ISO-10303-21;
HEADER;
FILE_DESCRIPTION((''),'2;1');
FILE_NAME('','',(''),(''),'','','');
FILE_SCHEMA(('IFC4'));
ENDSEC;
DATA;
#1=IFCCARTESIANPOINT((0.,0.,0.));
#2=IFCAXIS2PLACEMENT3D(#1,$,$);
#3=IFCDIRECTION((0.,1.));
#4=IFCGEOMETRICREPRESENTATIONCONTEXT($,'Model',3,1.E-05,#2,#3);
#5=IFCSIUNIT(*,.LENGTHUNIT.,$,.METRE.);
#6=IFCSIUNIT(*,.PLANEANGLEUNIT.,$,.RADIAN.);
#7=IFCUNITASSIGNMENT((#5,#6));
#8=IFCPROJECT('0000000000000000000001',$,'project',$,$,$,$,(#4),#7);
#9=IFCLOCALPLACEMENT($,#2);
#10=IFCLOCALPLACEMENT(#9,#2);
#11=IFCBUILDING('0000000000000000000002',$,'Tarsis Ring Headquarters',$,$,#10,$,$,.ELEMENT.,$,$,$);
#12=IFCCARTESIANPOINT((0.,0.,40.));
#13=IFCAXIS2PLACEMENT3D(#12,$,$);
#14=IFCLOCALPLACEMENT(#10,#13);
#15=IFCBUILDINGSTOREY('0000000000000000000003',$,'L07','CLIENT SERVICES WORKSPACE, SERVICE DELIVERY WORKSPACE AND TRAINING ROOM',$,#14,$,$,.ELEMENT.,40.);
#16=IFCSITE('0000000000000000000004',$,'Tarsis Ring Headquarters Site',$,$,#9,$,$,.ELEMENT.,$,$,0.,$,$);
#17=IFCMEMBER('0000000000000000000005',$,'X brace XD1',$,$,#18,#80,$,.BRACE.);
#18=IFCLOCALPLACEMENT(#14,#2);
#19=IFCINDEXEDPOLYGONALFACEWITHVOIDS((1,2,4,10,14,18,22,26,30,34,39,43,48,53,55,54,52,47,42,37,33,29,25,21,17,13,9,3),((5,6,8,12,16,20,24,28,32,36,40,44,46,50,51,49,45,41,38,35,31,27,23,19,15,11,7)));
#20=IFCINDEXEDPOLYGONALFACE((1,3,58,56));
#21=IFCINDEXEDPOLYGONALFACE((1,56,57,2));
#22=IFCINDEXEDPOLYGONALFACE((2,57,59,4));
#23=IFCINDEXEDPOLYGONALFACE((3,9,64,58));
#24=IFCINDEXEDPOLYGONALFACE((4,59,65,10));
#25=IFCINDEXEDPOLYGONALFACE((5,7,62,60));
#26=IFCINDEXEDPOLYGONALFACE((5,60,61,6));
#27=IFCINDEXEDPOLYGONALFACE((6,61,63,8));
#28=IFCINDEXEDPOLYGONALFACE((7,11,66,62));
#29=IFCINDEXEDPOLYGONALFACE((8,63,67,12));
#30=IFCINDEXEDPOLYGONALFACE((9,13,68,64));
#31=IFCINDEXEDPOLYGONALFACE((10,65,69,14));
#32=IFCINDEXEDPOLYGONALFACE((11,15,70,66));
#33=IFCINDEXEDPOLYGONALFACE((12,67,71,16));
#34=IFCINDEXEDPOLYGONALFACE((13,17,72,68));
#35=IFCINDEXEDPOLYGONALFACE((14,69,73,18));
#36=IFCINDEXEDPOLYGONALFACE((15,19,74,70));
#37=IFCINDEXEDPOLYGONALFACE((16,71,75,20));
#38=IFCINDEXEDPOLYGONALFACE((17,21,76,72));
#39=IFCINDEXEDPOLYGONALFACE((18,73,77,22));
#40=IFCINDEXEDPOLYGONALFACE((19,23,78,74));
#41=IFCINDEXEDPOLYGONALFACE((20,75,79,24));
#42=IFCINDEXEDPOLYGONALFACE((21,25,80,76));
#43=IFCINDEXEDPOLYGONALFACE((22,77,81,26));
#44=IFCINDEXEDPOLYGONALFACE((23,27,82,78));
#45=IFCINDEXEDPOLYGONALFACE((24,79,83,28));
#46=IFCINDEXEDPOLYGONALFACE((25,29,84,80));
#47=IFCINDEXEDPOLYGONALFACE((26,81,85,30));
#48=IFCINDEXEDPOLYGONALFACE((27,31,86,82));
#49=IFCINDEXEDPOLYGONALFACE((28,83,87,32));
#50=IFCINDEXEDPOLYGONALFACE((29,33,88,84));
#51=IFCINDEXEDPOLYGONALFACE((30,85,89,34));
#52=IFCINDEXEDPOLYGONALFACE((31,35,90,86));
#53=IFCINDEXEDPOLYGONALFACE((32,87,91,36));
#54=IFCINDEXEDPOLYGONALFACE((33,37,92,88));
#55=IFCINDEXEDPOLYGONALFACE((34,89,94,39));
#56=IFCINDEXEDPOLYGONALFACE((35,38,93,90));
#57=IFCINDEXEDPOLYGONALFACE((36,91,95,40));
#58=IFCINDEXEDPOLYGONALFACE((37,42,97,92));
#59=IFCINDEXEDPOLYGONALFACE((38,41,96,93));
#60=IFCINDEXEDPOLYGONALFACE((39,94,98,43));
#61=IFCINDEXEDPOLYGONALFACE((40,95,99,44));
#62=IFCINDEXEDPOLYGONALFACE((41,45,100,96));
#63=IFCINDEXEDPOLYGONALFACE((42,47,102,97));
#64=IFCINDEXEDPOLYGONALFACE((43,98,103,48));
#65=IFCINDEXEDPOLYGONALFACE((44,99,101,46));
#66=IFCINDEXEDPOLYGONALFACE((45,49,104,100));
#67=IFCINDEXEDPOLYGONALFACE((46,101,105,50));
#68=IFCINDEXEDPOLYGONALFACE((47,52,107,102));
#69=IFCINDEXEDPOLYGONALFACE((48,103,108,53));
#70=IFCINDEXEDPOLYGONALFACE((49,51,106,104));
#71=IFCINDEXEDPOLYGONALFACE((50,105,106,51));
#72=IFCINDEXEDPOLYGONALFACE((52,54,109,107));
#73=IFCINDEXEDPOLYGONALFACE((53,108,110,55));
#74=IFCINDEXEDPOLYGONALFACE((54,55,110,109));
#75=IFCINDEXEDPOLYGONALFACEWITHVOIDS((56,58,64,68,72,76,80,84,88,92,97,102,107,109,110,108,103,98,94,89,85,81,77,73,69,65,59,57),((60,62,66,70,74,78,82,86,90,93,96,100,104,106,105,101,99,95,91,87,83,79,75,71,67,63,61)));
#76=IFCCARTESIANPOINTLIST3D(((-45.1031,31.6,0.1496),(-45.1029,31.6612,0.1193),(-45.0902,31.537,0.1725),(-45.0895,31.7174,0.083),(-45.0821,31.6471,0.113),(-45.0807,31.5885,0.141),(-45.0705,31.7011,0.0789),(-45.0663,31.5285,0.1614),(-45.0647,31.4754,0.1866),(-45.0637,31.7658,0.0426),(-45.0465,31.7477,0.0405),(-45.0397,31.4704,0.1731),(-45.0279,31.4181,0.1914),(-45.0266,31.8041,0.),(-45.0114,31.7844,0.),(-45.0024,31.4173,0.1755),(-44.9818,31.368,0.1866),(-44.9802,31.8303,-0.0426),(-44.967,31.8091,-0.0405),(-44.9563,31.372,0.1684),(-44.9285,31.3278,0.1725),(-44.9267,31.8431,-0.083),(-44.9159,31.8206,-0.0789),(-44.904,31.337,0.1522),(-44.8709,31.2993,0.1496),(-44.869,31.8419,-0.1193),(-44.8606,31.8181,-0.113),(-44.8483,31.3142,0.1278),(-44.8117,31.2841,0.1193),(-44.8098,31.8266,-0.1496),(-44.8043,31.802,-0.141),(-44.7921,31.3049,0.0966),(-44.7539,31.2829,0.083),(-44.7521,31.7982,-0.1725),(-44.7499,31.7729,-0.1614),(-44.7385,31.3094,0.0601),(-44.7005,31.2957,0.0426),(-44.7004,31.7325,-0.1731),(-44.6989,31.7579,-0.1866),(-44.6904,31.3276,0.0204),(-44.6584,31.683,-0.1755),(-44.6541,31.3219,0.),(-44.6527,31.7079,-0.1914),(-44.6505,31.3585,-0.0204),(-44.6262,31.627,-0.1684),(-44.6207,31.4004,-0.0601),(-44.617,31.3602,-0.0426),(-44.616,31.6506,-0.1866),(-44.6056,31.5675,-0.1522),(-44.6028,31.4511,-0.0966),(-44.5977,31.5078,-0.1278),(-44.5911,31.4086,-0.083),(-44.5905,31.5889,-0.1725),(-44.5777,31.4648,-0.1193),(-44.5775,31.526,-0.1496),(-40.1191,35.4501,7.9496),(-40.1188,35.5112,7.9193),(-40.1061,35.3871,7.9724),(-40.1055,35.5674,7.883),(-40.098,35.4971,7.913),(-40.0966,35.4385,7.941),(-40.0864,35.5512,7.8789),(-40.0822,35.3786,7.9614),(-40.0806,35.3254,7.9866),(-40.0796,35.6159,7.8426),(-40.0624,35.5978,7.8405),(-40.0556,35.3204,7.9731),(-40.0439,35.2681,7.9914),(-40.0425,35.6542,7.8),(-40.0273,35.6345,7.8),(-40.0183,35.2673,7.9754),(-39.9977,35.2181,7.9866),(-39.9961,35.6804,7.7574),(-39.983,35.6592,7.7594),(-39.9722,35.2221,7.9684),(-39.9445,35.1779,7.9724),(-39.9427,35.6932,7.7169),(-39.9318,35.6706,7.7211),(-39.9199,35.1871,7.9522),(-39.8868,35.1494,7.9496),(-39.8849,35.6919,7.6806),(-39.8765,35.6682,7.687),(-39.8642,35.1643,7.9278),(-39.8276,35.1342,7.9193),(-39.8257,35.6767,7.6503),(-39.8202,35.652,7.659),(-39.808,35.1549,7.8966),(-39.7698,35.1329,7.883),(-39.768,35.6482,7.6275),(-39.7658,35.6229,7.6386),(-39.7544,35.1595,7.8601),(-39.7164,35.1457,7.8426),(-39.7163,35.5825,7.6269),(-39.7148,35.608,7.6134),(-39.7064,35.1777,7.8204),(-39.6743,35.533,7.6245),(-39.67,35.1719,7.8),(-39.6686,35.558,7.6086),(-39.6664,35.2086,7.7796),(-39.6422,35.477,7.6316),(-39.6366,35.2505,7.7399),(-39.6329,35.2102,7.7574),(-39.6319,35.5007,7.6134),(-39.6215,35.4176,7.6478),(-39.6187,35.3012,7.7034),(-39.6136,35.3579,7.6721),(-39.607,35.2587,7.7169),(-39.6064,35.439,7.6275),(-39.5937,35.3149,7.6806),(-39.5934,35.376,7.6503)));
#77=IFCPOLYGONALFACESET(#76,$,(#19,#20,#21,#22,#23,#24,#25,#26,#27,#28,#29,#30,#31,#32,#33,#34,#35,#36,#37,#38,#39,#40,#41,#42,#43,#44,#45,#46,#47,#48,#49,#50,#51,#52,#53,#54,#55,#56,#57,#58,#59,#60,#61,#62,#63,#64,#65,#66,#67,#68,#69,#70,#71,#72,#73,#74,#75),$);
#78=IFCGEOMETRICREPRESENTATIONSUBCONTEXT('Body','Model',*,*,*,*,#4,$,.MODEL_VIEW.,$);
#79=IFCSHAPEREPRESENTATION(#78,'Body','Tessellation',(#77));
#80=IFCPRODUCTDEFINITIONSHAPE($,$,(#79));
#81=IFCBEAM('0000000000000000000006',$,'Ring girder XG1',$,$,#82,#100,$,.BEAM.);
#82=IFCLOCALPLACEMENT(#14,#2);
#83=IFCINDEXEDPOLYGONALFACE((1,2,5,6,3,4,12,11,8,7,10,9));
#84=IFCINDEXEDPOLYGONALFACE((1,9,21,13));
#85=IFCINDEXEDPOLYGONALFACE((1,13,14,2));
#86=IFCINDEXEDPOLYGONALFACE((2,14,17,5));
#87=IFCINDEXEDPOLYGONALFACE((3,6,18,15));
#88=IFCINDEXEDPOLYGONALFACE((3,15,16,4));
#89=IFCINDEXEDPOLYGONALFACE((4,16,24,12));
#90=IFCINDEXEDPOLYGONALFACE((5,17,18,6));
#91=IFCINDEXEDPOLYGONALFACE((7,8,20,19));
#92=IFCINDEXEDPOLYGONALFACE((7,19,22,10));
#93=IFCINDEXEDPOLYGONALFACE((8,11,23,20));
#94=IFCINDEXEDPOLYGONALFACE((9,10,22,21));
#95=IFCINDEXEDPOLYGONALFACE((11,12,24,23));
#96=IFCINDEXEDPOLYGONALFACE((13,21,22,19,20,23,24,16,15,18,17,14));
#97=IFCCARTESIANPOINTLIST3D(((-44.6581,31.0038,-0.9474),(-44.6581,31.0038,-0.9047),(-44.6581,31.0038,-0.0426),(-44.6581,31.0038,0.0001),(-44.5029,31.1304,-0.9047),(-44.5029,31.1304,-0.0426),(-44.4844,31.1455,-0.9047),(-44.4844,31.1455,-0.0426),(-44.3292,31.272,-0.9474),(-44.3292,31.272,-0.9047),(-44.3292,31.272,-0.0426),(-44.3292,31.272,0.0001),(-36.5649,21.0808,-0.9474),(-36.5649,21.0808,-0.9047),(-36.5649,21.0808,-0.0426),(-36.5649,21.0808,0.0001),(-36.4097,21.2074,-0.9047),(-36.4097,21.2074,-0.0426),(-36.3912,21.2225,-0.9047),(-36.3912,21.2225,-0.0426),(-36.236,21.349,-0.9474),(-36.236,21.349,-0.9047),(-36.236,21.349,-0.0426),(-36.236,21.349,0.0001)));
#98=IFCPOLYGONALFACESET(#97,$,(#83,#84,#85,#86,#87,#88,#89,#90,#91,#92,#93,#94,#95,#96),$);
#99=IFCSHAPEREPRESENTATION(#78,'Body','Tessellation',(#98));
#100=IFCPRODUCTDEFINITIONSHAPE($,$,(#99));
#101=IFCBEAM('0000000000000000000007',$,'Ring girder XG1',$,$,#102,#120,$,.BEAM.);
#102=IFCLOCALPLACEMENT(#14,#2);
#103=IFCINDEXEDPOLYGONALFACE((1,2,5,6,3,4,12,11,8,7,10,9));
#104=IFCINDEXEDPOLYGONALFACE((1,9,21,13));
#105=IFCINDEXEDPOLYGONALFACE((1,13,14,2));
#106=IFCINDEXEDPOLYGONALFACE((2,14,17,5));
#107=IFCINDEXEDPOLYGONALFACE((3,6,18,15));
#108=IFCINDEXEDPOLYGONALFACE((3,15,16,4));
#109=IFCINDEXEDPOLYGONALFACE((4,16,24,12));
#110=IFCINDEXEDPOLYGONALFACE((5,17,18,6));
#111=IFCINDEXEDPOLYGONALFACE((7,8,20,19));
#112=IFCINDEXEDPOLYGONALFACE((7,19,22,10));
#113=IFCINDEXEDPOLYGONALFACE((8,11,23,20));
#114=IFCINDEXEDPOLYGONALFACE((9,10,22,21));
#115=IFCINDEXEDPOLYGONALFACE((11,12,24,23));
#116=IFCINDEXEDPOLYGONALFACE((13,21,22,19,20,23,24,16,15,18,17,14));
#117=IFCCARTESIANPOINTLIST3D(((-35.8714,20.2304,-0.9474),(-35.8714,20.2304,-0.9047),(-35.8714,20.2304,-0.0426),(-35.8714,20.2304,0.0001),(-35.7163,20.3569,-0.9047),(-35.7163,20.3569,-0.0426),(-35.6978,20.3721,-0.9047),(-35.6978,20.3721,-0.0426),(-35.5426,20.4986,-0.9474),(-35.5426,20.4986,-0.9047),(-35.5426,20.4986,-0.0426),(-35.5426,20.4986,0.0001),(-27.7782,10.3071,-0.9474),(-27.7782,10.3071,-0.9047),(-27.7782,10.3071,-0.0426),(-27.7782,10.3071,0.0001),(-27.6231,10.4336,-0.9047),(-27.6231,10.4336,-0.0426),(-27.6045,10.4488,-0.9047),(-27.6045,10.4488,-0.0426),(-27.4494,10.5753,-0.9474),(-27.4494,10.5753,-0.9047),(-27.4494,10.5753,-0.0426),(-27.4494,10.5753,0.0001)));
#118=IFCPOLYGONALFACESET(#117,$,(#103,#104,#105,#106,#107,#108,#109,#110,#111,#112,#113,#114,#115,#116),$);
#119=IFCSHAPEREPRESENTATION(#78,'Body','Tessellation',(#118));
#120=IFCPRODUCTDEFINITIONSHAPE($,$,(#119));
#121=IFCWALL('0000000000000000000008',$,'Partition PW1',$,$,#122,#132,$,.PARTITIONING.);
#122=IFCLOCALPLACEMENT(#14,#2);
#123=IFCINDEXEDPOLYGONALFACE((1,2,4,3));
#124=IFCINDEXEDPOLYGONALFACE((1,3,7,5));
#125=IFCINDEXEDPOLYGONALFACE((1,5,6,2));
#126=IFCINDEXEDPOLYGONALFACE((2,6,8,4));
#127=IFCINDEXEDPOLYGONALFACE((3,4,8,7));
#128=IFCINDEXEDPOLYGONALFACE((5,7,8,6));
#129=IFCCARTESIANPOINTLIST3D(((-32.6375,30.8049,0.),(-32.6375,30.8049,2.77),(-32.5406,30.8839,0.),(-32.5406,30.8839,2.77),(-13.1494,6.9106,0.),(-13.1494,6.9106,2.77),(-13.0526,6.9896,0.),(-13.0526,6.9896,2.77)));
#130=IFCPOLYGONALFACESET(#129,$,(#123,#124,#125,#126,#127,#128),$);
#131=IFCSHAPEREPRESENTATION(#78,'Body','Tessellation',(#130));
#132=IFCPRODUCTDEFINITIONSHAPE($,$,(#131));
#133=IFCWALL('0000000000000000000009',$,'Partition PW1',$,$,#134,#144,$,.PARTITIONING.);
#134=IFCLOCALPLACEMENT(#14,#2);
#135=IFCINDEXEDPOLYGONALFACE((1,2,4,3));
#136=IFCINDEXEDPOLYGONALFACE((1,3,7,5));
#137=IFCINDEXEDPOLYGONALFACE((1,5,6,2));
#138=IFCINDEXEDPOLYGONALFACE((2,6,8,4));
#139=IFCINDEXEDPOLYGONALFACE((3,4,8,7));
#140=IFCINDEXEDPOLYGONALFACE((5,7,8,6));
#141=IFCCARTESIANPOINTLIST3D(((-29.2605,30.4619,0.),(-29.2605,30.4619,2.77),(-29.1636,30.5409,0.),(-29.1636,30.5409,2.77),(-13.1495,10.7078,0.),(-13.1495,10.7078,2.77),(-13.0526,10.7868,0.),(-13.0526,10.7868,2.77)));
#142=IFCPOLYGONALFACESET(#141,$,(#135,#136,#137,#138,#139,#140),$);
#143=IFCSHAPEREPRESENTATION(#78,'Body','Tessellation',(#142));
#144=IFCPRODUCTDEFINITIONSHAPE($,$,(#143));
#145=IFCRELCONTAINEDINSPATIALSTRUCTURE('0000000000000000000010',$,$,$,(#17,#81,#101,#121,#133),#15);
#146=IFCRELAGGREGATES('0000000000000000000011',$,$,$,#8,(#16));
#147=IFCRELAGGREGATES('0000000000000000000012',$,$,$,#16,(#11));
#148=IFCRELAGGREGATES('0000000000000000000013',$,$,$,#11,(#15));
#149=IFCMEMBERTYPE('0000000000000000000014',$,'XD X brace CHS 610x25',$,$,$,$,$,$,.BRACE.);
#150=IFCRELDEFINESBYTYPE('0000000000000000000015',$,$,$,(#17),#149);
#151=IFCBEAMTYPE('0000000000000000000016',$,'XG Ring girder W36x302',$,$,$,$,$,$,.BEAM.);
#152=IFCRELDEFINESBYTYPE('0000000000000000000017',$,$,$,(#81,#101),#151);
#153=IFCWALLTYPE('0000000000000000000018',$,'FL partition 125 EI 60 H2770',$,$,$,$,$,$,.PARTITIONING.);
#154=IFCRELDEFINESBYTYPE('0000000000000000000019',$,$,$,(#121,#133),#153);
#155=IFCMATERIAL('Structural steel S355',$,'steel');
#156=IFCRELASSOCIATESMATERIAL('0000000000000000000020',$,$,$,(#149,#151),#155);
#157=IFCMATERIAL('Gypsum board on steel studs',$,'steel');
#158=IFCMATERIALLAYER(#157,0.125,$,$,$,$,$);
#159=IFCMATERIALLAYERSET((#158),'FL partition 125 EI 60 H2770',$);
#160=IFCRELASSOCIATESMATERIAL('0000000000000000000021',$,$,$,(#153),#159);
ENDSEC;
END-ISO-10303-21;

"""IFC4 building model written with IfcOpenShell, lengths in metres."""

from ifc_helpers import new_model, si_unit, direction, frame, frame_2d, origin, origin_2d, place, context, subcontext, project, spatial, rectangle, hollow_circle, i_section, extrude, material, layer, layer_set, material_profile, profile_set, type_object, element, save


model = new_model("IFC4")

# Units and contexts
model_context = context("Model", 3, precision=1e-05, world=origin(), true_north=direction((0.0, 1.0)))
body_context = subcontext(model_context, "Body", "Model", "MODEL_VIEW")
ifc_project = project(units=[si_unit("LENGTHUNIT", "METRE"), si_unit("PLANEANGLEUNIT", "RADIAN")], contexts=[model_context])

# Site, building, storey
site_placement = place(None, origin())
site = spatial("IfcSite", under=ifc_project, at=site_placement, Name="Tarsis Ring Headquarters Site", CompositionType="ELEMENT", RefElevation=0.0)
building_placement = place(site_placement, origin())
building = spatial("IfcBuilding", under=site, at=building_placement, Name="Tarsis Ring Headquarters", CompositionType="ELEMENT")
storey_placement = place(building_placement, frame((0.0, 0.0, 40.0)))
storey = spatial("IfcBuildingStorey", under=building, at=storey_placement, Name="L07", Description="CLIENT SERVICES WORKSPACE, SERVICE DELIVERY WORKSPACE AND TRAINING ROOM", CompositionType="ELEMENT", Elevation=40.0)

# Member
ifc_material_1 = material(Name="Structural steel S355", Category="steel")
ifc_material_profile_1 = material_profile(ifc_material_1, hollow_circle(Radius=0.3047, WallThickness=0.0249, at=origin_2d()), Name="CHS 610x25")
ifc_profile_set_1 = profile_set([ifc_material_profile_1], Name="Structural steel S355")
member_type = type_object("IfcMemberType", Name="XD X brace CHS 610x25", PredefinedType="BRACE", material=ifc_profile_set_1)
member_placement = place(storey_placement, frame((-44.8403, 31.563, 0.0), z_axis=(0.497158, 0.38404, 0.778041), x_axis=(-0.611321, 0.791383, 0.0)))
element("IfcMember", 1, at=member_placement, inside=storey, type_object=member_type, Name="X brace XD1", PredefinedType="BRACE", context=body_context, shape_type="SweptSolid", body=[
    extrude(hollow_circle(Radius=0.3047, WallThickness=0.0249, at=origin_2d()), origin(), (0.0, 0.0, 1.0), 10.0251),
])

# Beams
ifc_material_profile_2 = material_profile(ifc_material_1, i_section(OverallWidth=0.4243, OverallDepth=0.9475, WebThickness=0.0239, FlangeThickness=0.0427, at=origin_2d()), Name="W36x302")
ifc_profile_set_2 = profile_set([ifc_material_profile_2], Name="Structural steel S355")
beam_type = type_object("IfcBeamType", Name="XG Ring girder W36x302", PredefinedType="BEAM", material=ifc_profile_set_2)
beam_1_placement = place(storey_placement, frame((-44.4937, 31.1379, -0.4736), z_axis=(0.632038, -0.774938, 0.0), x_axis=(0.774938, 0.632038, 0.0)))
element("IfcBeam", 2, at=beam_1_placement, inside=storey, type_object=beam_type, Name="Ring girder XG1", PredefinedType="BEAM", context=body_context, shape_type="SweptSolid", body=[
    extrude(i_section(OverallWidth=0.4243, OverallDepth=0.9475, WebThickness=0.0239, FlangeThickness=0.0427, at=origin_2d()), origin(), (0.0, 0.0, 1.0), 12.8049),
])
beam_2_placement = place(storey_placement, frame((-35.707, 20.3645, -0.4736), z_axis=(0.632029, -0.774945, 0.0), x_axis=(0.774945, 0.632029, 0.0)))
element("IfcBeam", 3, at=beam_2_placement, inside=storey, type_object=beam_type, Name="Ring girder XG1", PredefinedType="BEAM", context=body_context, shape_type="SweptSolid", body=[
    extrude(i_section(OverallWidth=0.4243, OverallDepth=0.9475, WebThickness=0.0239, FlangeThickness=0.0427, at=origin_2d()), origin(), (0.0, 0.0, 1.0), 12.8052),
])

# Walls
ifc_material_2 = material(Name="Gypsum board on steel studs", Category="steel")
ifc_layer_1 = layer(ifc_material_2, 0.125)
ifc_layer_set_1 = layer_set([ifc_layer_1], Name="FL partition 125 EI 60 H2770")
wall_type_1 = type_object("IfcWallType", Name="FL partition 125 EI 60 H2770", PredefinedType="PARTITIONING", material=ifc_layer_set_1)
wall_1_placement = place(storey_placement, frame((-32.5891, 30.8445, 0.0), z_axis=(0.0, 0.0, 1.0), x_axis=(0.632036, -0.774939, 0.0)))
element("IfcWall", 4, at=wall_1_placement, inside=storey, type_object=wall_type_1, Name="Partition PW1", PredefinedType="PARTITIONING", context=body_context, shape_type="SweptSolid", body=[
    extrude(rectangle(XDim=30.8337, YDim=0.125, at=frame_2d((15.417, 0.0))), origin(), (0.0, 0.0, 1.0), 2.77),
])
wall_2_placement = place(storey_placement, frame((-29.2122, 30.5015, 0.0), z_axis=(0.0, 0.0, 1.0), x_axis=(0.632029, -0.774945, 0.0)))
element("IfcWall", 5, at=wall_2_placement, inside=storey, type_object=wall_type_1, Name="Partition PW1", PredefinedType="PARTITIONING", context=body_context, shape_type="SweptSolid", body=[
    extrude(rectangle(XDim=25.491, YDim=0.125, at=frame_2d((12.7456, 0.0))), origin(), (0.0, 0.0, 1.0), 2.77),
])

save(model, "model.ifc")
